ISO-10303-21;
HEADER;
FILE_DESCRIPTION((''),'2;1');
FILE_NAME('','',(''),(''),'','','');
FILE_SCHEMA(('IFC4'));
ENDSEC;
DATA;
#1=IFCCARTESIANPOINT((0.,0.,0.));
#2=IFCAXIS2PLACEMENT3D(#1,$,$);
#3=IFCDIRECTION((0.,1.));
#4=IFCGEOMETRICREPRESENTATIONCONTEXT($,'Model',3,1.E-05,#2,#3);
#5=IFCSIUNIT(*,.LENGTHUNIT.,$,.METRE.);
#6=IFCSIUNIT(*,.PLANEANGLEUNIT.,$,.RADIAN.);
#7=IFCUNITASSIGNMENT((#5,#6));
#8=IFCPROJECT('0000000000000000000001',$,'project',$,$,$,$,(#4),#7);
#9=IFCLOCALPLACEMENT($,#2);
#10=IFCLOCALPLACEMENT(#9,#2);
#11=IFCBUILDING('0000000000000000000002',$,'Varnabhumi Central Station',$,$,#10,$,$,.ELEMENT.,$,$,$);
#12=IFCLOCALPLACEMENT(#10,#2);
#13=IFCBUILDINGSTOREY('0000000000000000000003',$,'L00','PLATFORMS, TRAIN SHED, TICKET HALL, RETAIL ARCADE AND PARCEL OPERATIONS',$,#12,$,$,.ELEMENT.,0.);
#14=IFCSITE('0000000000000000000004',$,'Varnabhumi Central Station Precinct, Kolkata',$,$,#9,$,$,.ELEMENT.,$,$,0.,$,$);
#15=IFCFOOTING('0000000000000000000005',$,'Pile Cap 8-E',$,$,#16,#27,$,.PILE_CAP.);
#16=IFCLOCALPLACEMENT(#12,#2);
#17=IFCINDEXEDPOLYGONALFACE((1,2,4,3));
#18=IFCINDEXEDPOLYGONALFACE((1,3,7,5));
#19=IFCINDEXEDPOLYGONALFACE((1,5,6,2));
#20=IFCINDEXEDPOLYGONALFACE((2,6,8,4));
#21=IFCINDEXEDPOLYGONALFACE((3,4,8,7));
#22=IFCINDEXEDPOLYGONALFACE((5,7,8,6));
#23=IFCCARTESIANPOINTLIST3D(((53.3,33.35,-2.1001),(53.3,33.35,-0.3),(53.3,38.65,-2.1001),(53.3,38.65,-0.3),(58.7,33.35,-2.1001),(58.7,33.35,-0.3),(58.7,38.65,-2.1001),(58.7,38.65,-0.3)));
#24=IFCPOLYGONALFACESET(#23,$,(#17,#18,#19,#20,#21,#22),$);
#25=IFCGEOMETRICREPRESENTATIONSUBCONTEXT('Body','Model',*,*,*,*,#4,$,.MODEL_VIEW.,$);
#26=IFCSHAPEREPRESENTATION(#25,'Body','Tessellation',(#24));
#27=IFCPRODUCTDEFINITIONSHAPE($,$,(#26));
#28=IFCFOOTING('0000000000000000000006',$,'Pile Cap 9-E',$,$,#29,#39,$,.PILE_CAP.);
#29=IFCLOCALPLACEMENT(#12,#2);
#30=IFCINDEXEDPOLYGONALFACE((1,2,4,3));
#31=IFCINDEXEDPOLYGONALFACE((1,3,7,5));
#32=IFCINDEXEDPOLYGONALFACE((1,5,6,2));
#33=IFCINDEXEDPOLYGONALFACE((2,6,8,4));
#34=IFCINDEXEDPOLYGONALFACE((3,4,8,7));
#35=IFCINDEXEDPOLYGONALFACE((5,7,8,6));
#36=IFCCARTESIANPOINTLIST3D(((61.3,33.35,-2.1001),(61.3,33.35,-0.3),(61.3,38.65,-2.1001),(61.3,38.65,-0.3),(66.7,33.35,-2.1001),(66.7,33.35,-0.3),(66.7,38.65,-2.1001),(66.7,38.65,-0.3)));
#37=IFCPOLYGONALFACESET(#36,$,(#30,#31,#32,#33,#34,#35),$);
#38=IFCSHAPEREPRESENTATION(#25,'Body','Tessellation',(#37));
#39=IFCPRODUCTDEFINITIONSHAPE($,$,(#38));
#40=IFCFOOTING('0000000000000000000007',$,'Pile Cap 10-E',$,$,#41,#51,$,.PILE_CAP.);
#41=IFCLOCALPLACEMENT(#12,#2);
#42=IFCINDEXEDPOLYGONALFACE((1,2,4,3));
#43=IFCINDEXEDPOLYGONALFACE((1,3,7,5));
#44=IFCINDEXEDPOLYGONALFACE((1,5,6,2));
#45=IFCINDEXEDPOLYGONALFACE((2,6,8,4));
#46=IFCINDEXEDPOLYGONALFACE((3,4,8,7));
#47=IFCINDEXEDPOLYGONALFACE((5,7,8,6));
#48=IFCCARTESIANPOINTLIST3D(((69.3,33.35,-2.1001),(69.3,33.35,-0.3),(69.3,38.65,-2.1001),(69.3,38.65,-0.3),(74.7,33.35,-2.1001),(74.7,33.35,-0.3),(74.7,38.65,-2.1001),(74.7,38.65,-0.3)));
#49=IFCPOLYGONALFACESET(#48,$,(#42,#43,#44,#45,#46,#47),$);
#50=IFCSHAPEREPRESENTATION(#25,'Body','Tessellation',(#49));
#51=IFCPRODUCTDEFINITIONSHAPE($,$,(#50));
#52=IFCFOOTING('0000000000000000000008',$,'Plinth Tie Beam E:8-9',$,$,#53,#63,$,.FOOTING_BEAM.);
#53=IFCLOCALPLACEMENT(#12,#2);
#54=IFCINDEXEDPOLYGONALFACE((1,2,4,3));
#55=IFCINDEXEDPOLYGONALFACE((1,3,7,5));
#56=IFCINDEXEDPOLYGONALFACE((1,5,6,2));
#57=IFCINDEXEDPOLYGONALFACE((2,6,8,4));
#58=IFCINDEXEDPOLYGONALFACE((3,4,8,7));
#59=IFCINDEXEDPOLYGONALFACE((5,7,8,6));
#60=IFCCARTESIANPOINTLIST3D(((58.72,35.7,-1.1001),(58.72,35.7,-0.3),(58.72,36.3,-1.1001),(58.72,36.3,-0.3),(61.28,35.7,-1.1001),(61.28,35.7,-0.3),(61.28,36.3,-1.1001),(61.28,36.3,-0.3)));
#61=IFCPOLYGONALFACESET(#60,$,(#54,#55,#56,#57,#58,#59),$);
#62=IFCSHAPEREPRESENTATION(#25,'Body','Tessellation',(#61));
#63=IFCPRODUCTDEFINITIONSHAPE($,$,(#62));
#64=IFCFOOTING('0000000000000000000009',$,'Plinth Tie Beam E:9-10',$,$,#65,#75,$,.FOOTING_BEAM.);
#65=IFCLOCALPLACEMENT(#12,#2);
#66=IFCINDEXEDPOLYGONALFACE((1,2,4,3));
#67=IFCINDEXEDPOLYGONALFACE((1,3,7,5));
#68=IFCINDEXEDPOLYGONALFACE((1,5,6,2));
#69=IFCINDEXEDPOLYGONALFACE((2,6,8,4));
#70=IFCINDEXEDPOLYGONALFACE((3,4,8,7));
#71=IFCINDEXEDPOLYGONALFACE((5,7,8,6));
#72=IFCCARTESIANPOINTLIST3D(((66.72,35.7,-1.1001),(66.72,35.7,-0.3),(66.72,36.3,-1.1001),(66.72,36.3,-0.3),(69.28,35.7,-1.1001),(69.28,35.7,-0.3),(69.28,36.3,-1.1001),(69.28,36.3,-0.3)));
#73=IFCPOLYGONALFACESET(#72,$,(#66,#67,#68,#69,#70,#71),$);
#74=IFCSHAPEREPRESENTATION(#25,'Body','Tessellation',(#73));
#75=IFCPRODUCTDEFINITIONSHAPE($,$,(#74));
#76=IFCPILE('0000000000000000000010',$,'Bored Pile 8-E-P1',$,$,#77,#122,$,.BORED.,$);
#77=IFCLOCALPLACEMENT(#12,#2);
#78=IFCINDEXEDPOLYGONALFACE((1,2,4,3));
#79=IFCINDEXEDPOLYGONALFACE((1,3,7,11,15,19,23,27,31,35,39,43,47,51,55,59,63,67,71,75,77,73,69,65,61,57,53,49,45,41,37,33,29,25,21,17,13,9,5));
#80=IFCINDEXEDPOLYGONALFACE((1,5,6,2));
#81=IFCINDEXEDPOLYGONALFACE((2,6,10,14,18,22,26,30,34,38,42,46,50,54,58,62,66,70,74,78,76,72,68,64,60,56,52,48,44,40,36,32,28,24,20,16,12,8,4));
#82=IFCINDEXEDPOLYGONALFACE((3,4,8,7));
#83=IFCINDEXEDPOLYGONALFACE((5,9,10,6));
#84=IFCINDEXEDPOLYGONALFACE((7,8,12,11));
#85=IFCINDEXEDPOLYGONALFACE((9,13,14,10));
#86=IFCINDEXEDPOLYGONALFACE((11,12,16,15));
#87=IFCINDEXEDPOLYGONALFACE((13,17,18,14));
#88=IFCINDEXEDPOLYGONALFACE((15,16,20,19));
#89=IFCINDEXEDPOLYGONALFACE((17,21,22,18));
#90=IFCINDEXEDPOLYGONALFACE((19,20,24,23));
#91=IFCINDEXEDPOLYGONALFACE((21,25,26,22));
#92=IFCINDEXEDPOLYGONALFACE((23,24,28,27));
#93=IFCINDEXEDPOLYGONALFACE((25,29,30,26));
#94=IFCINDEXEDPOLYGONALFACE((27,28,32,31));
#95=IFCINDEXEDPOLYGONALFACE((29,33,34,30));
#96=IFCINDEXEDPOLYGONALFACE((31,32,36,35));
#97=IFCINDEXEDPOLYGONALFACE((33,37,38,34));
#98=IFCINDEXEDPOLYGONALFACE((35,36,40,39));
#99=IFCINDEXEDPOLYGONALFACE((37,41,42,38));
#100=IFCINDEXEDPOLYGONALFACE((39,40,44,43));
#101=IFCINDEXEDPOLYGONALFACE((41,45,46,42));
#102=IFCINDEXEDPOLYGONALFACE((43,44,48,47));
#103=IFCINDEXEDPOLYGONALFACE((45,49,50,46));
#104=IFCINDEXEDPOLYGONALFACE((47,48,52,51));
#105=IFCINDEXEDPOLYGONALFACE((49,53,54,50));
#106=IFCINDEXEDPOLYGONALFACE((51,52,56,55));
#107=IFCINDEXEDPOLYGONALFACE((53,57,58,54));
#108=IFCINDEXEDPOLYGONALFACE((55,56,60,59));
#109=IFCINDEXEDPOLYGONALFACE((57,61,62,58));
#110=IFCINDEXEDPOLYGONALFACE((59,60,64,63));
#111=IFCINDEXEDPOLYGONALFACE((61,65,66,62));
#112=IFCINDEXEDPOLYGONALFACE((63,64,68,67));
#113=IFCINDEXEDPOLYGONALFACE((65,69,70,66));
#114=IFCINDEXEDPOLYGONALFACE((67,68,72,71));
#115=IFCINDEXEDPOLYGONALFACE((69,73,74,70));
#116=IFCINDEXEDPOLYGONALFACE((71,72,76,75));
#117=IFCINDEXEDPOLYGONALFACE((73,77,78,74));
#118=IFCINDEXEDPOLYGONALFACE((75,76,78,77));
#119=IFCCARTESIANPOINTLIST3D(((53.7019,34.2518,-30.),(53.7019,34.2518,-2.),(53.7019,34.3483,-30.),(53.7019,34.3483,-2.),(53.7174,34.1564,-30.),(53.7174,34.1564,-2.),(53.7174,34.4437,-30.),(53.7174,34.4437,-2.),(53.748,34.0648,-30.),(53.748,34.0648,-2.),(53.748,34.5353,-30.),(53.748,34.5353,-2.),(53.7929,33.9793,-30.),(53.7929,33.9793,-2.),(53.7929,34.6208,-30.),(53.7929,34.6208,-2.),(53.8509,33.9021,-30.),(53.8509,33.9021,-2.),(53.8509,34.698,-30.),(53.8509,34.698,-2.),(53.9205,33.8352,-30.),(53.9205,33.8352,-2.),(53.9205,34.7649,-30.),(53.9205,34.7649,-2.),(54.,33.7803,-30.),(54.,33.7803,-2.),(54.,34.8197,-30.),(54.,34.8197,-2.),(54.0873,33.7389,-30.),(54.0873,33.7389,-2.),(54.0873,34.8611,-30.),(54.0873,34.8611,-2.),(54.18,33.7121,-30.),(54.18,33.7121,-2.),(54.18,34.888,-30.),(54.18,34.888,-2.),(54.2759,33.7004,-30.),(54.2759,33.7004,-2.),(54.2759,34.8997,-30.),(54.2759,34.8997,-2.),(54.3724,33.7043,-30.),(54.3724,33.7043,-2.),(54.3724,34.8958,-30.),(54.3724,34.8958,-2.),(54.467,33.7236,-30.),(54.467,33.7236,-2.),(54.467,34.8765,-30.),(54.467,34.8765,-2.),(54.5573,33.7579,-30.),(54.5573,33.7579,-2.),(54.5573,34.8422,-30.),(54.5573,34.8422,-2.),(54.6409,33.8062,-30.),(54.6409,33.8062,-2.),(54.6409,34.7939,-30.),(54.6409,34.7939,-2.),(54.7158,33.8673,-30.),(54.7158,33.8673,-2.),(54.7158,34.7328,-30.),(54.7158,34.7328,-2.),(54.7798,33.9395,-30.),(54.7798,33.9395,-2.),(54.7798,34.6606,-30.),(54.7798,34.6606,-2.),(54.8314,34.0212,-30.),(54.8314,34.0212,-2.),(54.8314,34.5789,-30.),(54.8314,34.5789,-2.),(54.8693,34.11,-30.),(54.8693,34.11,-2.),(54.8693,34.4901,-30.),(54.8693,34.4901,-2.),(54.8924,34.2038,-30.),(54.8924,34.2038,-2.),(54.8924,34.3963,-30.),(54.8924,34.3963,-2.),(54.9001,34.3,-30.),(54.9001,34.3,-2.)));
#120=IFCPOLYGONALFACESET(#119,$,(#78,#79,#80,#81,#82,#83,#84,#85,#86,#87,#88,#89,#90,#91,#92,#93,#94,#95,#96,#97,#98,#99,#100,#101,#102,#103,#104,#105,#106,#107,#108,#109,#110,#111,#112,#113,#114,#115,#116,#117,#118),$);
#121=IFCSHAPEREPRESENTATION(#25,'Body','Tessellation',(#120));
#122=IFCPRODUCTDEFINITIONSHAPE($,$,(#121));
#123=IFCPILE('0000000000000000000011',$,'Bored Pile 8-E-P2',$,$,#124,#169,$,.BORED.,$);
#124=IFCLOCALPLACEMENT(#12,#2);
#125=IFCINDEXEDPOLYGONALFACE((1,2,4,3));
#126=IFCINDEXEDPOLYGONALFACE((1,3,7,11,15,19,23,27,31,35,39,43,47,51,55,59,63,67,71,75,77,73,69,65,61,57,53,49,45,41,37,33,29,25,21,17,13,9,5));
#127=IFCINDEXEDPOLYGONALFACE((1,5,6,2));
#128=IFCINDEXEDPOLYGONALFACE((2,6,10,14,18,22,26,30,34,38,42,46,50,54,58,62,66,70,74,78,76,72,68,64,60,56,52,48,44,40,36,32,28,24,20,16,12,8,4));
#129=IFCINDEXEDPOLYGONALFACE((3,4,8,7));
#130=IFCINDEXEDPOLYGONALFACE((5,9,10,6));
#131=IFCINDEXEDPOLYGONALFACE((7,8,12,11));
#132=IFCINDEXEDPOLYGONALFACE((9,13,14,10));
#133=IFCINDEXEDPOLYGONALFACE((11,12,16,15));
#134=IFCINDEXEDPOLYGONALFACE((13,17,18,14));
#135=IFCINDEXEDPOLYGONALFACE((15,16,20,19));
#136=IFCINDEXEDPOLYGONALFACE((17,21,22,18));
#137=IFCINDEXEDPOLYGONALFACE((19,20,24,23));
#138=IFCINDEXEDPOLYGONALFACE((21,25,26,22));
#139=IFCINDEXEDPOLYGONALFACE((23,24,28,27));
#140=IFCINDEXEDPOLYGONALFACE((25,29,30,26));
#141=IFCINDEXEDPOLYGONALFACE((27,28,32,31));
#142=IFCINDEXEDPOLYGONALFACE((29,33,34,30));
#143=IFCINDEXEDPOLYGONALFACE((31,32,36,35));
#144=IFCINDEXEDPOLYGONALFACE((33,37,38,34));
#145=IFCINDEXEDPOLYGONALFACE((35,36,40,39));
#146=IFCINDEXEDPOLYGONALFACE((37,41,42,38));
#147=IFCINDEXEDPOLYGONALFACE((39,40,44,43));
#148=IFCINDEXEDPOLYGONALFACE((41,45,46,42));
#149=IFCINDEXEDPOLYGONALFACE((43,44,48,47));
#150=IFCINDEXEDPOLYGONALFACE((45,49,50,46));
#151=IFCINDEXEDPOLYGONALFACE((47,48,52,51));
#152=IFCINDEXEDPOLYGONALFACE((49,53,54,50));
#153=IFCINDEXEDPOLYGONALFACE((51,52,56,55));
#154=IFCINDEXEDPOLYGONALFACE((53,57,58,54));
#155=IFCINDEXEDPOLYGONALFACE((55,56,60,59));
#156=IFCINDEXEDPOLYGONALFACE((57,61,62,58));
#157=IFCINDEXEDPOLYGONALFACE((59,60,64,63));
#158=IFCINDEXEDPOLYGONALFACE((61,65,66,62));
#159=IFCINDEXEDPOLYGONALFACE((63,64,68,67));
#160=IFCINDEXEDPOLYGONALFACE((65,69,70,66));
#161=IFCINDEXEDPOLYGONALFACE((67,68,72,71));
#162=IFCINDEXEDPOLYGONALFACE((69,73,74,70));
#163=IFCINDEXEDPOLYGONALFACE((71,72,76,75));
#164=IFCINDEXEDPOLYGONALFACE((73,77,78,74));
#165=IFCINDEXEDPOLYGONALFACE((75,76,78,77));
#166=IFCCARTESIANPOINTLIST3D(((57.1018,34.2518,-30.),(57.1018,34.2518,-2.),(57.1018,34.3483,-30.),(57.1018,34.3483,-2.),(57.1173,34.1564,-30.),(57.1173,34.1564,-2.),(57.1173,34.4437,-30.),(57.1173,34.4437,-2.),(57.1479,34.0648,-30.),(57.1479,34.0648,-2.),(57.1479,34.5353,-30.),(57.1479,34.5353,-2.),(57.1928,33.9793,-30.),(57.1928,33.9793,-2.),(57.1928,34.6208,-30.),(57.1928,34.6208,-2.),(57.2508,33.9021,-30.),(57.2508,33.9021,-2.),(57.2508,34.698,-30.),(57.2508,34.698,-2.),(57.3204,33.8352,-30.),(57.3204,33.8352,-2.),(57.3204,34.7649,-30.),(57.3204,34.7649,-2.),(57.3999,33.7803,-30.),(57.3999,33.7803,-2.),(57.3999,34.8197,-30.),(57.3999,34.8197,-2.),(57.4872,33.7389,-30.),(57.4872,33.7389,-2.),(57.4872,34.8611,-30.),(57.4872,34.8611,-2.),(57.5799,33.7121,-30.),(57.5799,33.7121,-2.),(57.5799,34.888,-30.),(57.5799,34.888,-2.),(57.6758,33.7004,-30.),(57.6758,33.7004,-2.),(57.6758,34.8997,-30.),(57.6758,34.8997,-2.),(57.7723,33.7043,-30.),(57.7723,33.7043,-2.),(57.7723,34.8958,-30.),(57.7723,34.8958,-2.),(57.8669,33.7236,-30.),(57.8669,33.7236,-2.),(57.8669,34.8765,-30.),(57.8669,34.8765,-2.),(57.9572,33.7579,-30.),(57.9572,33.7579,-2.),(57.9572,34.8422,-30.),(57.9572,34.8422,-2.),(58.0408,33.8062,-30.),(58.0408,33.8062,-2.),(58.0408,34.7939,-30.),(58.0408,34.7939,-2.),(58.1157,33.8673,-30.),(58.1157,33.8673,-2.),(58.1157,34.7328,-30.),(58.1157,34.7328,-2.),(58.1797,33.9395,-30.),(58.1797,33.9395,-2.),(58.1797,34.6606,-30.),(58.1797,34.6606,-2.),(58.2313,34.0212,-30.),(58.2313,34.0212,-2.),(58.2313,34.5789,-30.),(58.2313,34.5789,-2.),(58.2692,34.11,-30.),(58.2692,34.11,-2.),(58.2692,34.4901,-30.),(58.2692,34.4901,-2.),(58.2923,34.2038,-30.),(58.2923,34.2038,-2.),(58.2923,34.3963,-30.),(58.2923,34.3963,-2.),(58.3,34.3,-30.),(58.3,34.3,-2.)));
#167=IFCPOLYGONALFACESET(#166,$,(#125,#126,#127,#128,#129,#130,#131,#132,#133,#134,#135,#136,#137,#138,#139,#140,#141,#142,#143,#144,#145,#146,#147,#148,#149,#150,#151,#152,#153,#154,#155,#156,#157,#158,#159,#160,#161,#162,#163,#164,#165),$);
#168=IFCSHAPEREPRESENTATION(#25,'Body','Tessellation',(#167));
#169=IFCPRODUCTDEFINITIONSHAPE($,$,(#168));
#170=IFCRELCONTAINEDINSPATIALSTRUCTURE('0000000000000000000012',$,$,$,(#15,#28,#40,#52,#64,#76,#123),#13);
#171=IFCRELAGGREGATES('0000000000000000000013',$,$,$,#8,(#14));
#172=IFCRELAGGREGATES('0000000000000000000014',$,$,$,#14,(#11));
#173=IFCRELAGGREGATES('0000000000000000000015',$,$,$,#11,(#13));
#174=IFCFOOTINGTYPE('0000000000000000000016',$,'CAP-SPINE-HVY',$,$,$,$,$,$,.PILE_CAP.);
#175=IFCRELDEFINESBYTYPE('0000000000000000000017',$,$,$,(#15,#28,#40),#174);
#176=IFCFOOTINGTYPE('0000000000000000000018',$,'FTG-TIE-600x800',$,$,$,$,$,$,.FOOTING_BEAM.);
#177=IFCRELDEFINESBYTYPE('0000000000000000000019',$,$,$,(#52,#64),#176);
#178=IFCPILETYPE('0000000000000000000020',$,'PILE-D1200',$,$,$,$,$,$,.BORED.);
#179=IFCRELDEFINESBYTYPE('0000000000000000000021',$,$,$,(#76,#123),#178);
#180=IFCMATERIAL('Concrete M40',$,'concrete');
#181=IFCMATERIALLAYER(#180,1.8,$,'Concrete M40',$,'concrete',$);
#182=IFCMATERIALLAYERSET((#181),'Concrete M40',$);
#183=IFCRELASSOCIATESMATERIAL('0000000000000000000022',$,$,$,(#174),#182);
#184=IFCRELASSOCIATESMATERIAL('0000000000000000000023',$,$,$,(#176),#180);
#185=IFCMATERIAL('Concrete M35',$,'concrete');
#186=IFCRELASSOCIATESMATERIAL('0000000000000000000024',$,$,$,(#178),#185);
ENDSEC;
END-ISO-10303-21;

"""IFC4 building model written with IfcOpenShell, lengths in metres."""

from ifc_helpers import new_model, si_unit, direction, frame, origin, origin_2d, place, context, subcontext, project, spatial, rectangle, circle, extrude, material, layer, layer_set, material_profile, profile_set, type_object, element, save


model = new_model("IFC4")

# Units and contexts
model_context = context("Model", 3, precision=1e-05, world=origin(), true_north=direction((0.0, 1.0)))
body_context = subcontext(model_context, "Body", "Model", "MODEL_VIEW")
ifc_project = project(units=[si_unit("LENGTHUNIT", "METRE"), si_unit("PLANEANGLEUNIT", "RADIAN")], contexts=[model_context])

# Site, building, storey
site_placement = place(None, origin())
site = spatial("IfcSite", under=ifc_project, at=site_placement, Name="Varnabhumi Central Station Precinct, Kolkata", CompositionType="ELEMENT", RefElevation=0.0)
building_placement = place(site_placement, origin())
building = spatial("IfcBuilding", under=site, at=building_placement, Name="Varnabhumi Central Station", CompositionType="ELEMENT")
storey_placement = place(building_placement, origin())
storey = spatial("IfcBuildingStorey", under=building, at=storey_placement, Name="L00", Description="PLATFORMS, TRAIN SHED, TICKET HALL, RETAIL ARCADE AND PARCEL OPERATIONS", CompositionType="ELEMENT", Elevation=0.0)

# Footings
ifc_material_1 = material(Name="Concrete M40", Category="concrete")
ifc_layer_1 = layer(ifc_material_1, 1.8, Name="Concrete M40", Category="concrete")
ifc_layer_set_1 = layer_set([ifc_layer_1], Name="Concrete M40")
footing_type_1 = type_object("IfcFootingType", Name="CAP-SPINE-HVY", PredefinedType="PILE_CAP", material=ifc_layer_set_1)
for number, where, z_axis, x_axis, name in (
    (1, (56.0, 36.0, -2.1001), (0.0, 0.0, 1.0), (1.0, 0.0, 0.0), "Pile Cap 8-E"),
    (2, (64.0, 36.0, -2.1001), (0.0, 0.0, 1.0), (1.0, 0.0, 0.0), "Pile Cap 9-E"),
    (3, (72.0, 36.0, -2.1001), (0.0, 0.0, 1.0), (1.0, 0.0, 0.0), "Pile Cap 10-E"),
):
    element("IfcFooting", number, at=place(storey_placement, frame(where, z_axis=z_axis, x_axis=x_axis)), inside=storey, type_object=footing_type_1, Name=name, PredefinedType="PILE_CAP", context=body_context, shape_type="SweptSolid", body=[
        extrude(rectangle(XDim=5.3999, YDim=5.3, at=origin_2d()), origin(), (0.0, 0.0, 1.0), 1.8),
    ])
footing_type_2 = type_object("IfcFootingType", Name="FTG-TIE-600x800", PredefinedType="FOOTING_BEAM", material=ifc_material_1)
for number, where, z_axis, x_axis, name in (
    (4, (60.0, 36.0, -1.1001), (0.0, 0.0, 1.0), (1.0, 0.0, 0.0), "Plinth Tie Beam E:8-9"),
    (5, (68.0, 36.0, -1.1001), (0.0, 0.0, 1.0), (1.0, 0.0, 0.0), "Plinth Tie Beam E:9-10"),
):
    element("IfcFooting", number, at=place(storey_placement, frame(where, z_axis=z_axis, x_axis=x_axis)), inside=storey, type_object=footing_type_2, Name=name, PredefinedType="FOOTING_BEAM", context=body_context, shape_type="SweptSolid", body=[
        extrude(rectangle(XDim=2.5601, YDim=0.6001, at=origin_2d()), origin(), (0.0, 0.0, 1.0), 0.8),
    ])

# Piles
ifc_material_2 = material(Name="Concrete M35", Category="concrete")
ifc_material_profile_1 = material_profile(ifc_material_2, circle(Radius=0.6001, at=origin_2d()), Name="Concrete M35", Category="concrete")
ifc_profile_set_1 = profile_set([ifc_material_profile_1], Name="Concrete M35")
pile_type = type_object("IfcPileType", Name="PILE-D1200", PredefinedType="BORED", material=ifc_profile_set_1)
for number, where, z_axis, x_axis, name in (
    (6, (54.3, 34.3, -2.0), (0.0, 0.0, -1.0), (1.0, 0.0, 0.0), "Bored Pile 8-E-P1"),
    (7, (57.7, 34.3, -2.0), (0.0, 0.0, -1.0), (1.0, 0.0, 0.0), "Bored Pile 8-E-P2"),
):
    element("IfcPile", number, at=place(storey_placement, frame(where, z_axis=z_axis, x_axis=x_axis)), inside=storey, type_object=pile_type, Name=name, PredefinedType="BORED", context=body_context, shape_type="SweptSolid", body=[
        extrude(circle(Radius=0.6001, at=origin_2d()), origin(), (0.0, 0.0, 1.0), 28.0),
    ])

save(model, "model.ifc")
